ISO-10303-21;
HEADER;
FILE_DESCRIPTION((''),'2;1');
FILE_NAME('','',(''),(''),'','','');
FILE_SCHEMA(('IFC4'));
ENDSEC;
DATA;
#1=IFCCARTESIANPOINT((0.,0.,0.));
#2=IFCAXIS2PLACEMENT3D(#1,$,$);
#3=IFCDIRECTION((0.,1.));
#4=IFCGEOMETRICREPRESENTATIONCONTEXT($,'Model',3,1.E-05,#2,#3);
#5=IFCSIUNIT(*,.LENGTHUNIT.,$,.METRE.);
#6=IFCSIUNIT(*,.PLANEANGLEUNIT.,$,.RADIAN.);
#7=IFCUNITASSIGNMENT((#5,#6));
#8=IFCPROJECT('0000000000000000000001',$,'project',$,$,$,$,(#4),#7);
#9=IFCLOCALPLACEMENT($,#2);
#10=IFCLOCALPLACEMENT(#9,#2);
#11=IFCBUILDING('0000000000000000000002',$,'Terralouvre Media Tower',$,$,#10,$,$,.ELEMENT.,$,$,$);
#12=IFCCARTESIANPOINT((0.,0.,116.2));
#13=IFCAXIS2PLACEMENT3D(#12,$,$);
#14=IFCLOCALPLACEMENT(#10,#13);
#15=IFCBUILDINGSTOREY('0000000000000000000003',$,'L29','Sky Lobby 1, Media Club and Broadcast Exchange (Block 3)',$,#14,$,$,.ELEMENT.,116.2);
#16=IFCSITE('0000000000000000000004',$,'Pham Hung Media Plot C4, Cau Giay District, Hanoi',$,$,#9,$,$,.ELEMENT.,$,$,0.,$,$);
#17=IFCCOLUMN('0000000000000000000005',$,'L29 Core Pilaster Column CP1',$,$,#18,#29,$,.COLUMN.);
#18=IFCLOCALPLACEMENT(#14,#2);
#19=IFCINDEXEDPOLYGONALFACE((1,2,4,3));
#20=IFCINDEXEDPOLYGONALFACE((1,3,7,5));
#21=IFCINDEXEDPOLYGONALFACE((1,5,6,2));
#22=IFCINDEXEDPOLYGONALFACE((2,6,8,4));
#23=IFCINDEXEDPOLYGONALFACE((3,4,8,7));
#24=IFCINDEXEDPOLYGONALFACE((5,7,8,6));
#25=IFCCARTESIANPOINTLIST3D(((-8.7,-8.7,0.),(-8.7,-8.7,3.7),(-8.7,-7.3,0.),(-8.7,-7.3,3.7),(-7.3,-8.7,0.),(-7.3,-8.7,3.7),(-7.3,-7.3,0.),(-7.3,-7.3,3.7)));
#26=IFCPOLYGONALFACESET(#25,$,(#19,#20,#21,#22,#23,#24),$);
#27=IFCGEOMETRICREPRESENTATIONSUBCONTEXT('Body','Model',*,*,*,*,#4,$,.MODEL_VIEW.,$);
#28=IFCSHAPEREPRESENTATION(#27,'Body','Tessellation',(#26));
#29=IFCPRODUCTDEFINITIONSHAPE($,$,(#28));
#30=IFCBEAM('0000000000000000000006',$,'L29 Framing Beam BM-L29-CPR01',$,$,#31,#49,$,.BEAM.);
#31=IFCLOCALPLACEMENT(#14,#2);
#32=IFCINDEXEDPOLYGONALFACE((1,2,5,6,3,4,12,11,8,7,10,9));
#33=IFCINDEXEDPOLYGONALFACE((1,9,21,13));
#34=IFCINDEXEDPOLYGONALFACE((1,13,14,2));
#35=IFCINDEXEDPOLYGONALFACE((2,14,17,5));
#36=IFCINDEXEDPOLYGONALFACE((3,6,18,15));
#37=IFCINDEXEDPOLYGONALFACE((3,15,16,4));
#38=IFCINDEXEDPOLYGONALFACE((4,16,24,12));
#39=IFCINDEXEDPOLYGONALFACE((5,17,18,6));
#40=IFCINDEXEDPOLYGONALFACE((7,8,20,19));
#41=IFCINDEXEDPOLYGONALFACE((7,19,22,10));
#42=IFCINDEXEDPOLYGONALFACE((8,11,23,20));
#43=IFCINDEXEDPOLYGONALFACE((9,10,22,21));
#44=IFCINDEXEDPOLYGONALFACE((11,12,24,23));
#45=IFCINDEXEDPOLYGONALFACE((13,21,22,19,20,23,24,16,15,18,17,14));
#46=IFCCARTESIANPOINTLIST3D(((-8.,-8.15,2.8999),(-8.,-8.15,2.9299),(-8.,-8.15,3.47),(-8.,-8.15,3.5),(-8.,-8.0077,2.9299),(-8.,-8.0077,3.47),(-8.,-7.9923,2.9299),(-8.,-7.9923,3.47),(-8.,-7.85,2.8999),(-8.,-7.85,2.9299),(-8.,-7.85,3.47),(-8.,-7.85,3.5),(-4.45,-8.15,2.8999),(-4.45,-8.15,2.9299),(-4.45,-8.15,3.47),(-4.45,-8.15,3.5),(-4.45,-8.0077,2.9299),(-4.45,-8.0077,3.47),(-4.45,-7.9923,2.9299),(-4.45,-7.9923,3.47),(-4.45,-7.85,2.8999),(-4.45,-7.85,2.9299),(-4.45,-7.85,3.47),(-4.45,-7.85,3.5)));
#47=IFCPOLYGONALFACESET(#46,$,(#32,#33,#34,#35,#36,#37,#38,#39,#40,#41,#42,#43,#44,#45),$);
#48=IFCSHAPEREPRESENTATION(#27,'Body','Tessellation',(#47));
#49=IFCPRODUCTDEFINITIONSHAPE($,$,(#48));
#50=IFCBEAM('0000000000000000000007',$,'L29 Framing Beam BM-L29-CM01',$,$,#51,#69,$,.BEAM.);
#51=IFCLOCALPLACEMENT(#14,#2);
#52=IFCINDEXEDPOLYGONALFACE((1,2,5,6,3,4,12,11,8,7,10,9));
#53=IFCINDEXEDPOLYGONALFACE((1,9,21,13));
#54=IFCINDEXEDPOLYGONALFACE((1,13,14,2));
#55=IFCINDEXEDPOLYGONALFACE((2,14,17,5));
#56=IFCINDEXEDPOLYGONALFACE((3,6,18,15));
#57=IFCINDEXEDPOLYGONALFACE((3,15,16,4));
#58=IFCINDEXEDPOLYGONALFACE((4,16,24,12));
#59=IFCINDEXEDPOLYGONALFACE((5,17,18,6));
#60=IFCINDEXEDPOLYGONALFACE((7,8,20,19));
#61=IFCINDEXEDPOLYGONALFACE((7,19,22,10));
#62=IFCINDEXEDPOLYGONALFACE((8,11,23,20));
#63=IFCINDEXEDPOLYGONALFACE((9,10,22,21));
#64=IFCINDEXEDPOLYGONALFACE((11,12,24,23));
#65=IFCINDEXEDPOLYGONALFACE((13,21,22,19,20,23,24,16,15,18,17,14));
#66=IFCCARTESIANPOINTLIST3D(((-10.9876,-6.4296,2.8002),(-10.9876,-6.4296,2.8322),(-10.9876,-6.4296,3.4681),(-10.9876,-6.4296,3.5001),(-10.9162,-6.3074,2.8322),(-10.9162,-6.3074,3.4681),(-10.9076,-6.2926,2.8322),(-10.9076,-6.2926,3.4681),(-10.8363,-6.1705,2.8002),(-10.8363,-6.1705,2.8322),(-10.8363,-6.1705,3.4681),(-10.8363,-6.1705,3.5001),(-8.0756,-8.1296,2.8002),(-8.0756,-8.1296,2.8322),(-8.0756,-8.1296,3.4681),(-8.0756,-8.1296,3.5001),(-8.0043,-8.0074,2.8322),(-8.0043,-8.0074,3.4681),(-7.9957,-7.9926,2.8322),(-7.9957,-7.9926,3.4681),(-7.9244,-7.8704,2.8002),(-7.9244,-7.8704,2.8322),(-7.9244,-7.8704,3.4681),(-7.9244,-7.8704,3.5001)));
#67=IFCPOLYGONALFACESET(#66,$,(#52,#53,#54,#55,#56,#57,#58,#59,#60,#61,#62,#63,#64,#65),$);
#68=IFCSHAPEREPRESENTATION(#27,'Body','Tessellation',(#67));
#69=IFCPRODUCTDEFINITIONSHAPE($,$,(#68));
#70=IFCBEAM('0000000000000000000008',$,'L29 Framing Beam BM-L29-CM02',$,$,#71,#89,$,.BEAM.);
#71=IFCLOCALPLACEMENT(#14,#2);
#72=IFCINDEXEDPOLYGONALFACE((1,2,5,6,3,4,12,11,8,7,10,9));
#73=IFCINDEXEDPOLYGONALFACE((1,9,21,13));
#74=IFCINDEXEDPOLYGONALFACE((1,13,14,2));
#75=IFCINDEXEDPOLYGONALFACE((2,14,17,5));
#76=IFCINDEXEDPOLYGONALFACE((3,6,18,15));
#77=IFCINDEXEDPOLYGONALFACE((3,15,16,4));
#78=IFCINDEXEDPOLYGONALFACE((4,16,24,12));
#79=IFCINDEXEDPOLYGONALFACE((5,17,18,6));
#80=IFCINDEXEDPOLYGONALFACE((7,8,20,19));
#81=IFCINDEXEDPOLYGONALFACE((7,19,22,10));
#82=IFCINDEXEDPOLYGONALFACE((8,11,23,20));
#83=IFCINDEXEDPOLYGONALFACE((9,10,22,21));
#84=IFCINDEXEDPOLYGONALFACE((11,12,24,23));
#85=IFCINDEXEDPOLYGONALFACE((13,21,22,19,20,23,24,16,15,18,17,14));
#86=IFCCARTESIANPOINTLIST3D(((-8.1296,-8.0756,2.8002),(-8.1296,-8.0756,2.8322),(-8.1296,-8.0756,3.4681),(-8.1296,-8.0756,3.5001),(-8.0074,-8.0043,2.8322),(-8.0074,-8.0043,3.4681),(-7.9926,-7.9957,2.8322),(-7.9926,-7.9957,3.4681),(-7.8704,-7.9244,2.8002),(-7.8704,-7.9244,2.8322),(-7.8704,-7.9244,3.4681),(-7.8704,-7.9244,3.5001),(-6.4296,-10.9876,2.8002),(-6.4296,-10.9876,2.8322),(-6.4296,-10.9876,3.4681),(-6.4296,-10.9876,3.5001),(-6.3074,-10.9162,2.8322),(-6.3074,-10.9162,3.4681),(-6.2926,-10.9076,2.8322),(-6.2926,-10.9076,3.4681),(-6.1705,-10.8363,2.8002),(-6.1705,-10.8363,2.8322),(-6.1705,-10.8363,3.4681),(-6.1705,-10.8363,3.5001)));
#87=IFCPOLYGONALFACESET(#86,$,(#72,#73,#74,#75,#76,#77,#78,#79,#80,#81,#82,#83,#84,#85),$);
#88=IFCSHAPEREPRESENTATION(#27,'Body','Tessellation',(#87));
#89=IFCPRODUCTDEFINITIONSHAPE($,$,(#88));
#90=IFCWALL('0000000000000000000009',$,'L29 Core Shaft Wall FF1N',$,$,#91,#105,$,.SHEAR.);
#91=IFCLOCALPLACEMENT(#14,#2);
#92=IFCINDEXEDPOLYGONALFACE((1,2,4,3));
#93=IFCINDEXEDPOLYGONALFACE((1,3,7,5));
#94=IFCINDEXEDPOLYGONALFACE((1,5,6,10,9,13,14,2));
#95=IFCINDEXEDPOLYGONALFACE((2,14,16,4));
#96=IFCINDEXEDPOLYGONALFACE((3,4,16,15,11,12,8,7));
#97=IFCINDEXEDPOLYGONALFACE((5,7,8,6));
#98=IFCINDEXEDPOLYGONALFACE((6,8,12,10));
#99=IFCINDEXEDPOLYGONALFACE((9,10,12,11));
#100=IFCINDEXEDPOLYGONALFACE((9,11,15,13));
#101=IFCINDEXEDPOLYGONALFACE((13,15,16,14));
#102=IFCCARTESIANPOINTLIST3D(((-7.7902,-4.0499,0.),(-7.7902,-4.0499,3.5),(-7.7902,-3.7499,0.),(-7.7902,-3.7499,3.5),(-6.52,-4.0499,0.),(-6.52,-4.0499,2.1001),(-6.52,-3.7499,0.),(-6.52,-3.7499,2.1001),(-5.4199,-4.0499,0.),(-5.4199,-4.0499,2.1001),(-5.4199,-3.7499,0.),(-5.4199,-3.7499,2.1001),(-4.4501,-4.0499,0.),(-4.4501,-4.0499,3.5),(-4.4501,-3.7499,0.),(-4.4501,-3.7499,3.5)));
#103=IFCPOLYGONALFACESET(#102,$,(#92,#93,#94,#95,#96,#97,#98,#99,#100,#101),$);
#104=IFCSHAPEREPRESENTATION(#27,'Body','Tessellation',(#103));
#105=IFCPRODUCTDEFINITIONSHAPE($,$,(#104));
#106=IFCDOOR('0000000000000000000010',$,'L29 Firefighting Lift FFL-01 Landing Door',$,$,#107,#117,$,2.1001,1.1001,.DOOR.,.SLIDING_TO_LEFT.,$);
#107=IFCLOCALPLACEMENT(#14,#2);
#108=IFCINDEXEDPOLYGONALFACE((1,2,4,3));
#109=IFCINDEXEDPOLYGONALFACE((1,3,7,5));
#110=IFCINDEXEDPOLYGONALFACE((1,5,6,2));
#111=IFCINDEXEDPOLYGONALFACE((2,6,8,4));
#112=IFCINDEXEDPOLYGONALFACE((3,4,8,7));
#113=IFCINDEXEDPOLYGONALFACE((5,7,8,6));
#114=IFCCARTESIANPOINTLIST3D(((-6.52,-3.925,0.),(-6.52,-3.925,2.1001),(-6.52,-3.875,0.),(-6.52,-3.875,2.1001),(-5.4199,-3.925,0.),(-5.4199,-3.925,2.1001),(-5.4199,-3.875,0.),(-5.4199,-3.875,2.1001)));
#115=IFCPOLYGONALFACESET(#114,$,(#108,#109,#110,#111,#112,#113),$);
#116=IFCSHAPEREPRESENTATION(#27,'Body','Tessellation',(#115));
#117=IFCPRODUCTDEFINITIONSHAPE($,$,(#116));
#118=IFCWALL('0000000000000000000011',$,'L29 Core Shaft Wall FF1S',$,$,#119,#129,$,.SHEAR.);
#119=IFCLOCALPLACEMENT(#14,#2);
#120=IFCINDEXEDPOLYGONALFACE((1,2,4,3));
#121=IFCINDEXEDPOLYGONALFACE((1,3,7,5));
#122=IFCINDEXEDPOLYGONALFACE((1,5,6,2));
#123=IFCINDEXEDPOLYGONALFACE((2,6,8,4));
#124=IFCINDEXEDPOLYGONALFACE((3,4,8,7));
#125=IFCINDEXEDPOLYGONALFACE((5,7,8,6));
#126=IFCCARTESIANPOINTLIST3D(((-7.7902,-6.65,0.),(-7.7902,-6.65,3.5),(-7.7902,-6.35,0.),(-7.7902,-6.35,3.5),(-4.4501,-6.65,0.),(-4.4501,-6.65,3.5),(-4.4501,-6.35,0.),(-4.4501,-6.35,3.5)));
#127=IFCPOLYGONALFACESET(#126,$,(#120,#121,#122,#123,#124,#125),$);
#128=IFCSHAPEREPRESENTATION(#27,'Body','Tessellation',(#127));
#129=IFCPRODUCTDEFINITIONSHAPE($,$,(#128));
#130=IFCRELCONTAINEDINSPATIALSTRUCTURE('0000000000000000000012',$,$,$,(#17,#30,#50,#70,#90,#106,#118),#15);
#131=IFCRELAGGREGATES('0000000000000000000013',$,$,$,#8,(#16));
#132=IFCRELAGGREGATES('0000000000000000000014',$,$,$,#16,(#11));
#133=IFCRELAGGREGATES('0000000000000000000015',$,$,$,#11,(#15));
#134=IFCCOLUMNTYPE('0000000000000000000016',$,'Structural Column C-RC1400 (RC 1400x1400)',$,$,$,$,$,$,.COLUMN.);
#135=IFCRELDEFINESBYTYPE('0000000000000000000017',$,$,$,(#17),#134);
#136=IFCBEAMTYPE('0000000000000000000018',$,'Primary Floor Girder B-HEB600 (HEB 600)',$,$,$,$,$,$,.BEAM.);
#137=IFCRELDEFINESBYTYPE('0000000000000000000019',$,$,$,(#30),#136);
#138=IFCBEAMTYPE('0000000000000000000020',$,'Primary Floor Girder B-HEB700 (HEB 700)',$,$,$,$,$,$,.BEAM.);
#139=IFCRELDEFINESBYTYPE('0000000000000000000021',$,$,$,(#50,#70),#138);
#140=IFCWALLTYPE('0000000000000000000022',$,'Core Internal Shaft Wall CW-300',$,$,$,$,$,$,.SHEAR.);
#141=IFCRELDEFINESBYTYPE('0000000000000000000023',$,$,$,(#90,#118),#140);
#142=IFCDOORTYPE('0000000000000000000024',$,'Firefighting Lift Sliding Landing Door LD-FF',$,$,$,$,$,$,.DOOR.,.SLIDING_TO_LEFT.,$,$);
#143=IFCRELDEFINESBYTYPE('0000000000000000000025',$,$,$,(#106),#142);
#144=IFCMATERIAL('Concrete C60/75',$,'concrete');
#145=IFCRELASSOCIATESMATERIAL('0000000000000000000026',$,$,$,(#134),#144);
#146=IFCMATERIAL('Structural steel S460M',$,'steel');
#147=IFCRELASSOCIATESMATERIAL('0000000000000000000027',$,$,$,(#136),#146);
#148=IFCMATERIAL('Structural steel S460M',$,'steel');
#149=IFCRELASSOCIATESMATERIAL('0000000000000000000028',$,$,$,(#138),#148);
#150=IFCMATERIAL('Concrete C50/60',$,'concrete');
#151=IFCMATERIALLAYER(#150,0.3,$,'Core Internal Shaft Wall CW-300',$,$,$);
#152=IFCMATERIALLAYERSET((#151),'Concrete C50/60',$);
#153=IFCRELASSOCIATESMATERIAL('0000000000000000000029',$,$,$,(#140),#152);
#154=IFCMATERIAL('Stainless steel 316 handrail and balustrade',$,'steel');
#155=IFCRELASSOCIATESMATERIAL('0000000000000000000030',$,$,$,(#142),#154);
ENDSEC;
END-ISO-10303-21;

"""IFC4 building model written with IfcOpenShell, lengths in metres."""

from ifc_helpers import new_model, si_unit, direction, frame, frame_2d, origin, origin_2d, place, context, subcontext, project, spatial, rectangle, i_section, extrude, material, layer, layer_set, material_profile, profile_set, type_object, element, fill, save


model = new_model("IFC4")

# Units and contexts
model_context = context("Model", 3, precision=1e-05, world=origin(), true_north=direction((0.0, 1.0)))
body_context = subcontext(model_context, "Body", "Model", "MODEL_VIEW")
ifc_project = project(units=[si_unit("LENGTHUNIT", "METRE"), si_unit("PLANEANGLEUNIT", "RADIAN")], contexts=[model_context])

# Site, building, storey
site_placement = place(None, origin())
site = spatial("IfcSite", under=ifc_project, at=site_placement, Name="Pham Hung Media Plot C4, Cau Giay District, Hanoi", CompositionType="ELEMENT", RefElevation=0.0)
building_placement = place(site_placement, origin())
building = spatial("IfcBuilding", under=site, at=building_placement, Name="Terralouvre Media Tower", CompositionType="ELEMENT")
storey_placement = place(building_placement, frame((0.0, 0.0, 116.2)))
storey = spatial("IfcBuildingStorey", under=building, at=storey_placement, Name="L29", Description="Sky Lobby 1, Media Club and Broadcast Exchange (Block 3)", CompositionType="ELEMENT", Elevation=116.2)

# Column
ifc_material_1 = material(Name="Concrete C60/75", Category="concrete")
ifc_material_profile_1 = material_profile(ifc_material_1, rectangle(XDim=1.3999, YDim=1.3999, at=origin_2d()), Name="RC 1400x1400")
ifc_profile_set_1 = profile_set([ifc_material_profile_1], Name="Concrete C60/75")
column_type = type_object("IfcColumnType", Name="Structural Column C-RC1400 (RC 1400x1400)", PredefinedType="COLUMN", material=ifc_profile_set_1)
column_placement = place(storey_placement, frame((-8.0, -8.0, 0.0), z_axis=(0.0, 0.0, 1.0), x_axis=(1.0, 0.0, 0.0)))
element("IfcColumn", 1, at=column_placement, inside=storey, type_object=column_type, Name="L29 Core Pilaster Column CP1", PredefinedType="COLUMN", context=body_context, shape_type="SweptSolid", body=[
    extrude(rectangle(XDim=1.3999, YDim=1.3999, at=origin_2d()), origin(), (0.0, 0.0, 1.0), 3.7),
])

# Beams
ifc_material_2 = material(Name="Structural steel S460M", Category="steel")
ifc_material_profile_2 = material_profile(ifc_material_2, i_section(OverallWidth=0.3, OverallDepth=0.6001, WebThickness=0.0154, FlangeThickness=0.03, at=origin_2d()), Name="HEB 600")
ifc_profile_set_2 = profile_set([ifc_material_profile_2], Name="Structural steel S460M")
beam_type_1 = type_object("IfcBeamType", Name="Primary Floor Girder B-HEB600 (HEB 600)", PredefinedType="BEAM", material=ifc_profile_set_2)
beam_placement = place(storey_placement, frame((-8.0, -8.0, 3.2), z_axis=(1.0, 0.0, 0.0), x_axis=(0.0, 1.0, 0.0)))
element("IfcBeam", 2, at=beam_placement, inside=storey, type_object=beam_type_1, Name="L29 Framing Beam BM-L29-CPR01", PredefinedType="BEAM", context=body_context, shape_type="SweptSolid", body=[
    extrude(i_section(OverallWidth=0.3, OverallDepth=0.6001, WebThickness=0.0154, FlangeThickness=0.03, at=origin_2d()), origin(), (0.0, 0.0, 1.0), 3.55),
])
ifc_material_3 = material(Name="Structural steel S460M", Category="steel")
ifc_material_profile_3 = material_profile(ifc_material_3, i_section(OverallWidth=0.3, OverallDepth=0.7, WebThickness=0.0171, FlangeThickness=0.032, at=origin_2d()), Name="HEB 700")
ifc_profile_set_3 = profile_set([ifc_material_profile_3], Name="Structural steel S460M")
beam_type_2 = type_object("IfcBeamType", Name="Primary Floor Girder B-HEB700 (HEB 700)", PredefinedType="BEAM", material=ifc_profile_set_3)
for number, where, z_axis, x_axis, name in (
    (3, (-8.0, -8.0, 3.1501), (-0.863603, 0.504173, 0.0), (-0.504173, -0.863603, 0.0), "L29 Framing Beam BM-L29-CM01"),
    (4, (-8.0, -8.0, 3.1501), (0.504173, -0.863603, 0.0), (0.863603, 0.504173, 0.0), "L29 Framing Beam BM-L29-CM02"),
):
    element("IfcBeam", number, at=place(storey_placement, frame(where, z_axis=z_axis, x_axis=x_axis)), inside=storey, type_object=beam_type_2, Name=name, PredefinedType="BEAM", context=body_context, shape_type="SweptSolid", body=[
        extrude(i_section(OverallWidth=0.3, OverallDepth=0.7, WebThickness=0.0171, FlangeThickness=0.032, at=origin_2d()), origin(), (0.0, 0.0, 1.0), 3.3718),
    ])

# Wall, opening, door
ifc_material_4 = material(Name="Concrete C50/60", Category="concrete")
ifc_layer_1 = layer(ifc_material_4, 0.3, Name="Core Internal Shaft Wall CW-300")
ifc_layer_set_1 = layer_set([ifc_layer_1], Name="Concrete C50/60")
wall_type_1 = type_object("IfcWallType", Name="Core Internal Shaft Wall CW-300", PredefinedType="SHEAR", material=ifc_layer_set_1)
wall_1_placement = place(storey_placement, frame((-7.79, -3.8999, 0.0), z_axis=(0.0, 0.0, 1.0), x_axis=(1.0, 0.0, 0.0)))
wall_1 = element("IfcWall", 5, at=wall_1_placement, inside=storey, type_object=wall_type_1, Name="L29 Core Shaft Wall FF1N", PredefinedType="SHEAR", context=body_context, shape_type="SweptSolid", body=[
    extrude(rectangle(XDim=3.3401, YDim=0.3, at=frame_2d((1.6699, 0.0))), origin(), (0.0, 0.0, 1.0), 3.5),
])
opening_1_placement = place(wall_1_placement, frame((1.27, 0.0, 0.0)))
opening_1 = element("IfcOpeningElement", 6, at=opening_1_placement, cuts=wall_1, PredefinedType="OPENING", context=body_context, shape_type="SweptSolid", body=[
    extrude(rectangle(XDim=1.1001, YDim=2.1001, at=frame_2d((0.55, 1.05))), frame((0.0, 0.1599, 0.0), z_axis=(0.0, -1.0, 0.0), x_axis=(1.0, 0.0, 0.0)), (0.0, 0.0, 1.0), 0.3201),
])
ifc_material_5 = material(Name="Stainless steel 316 handrail and balustrade", Category="steel")
door_type_1 = type_object("IfcDoorType", Name="Firefighting Lift Sliding Landing Door LD-FF", OperationType="SLIDING_TO_LEFT", PredefinedType="DOOR", material=ifc_material_5)
door_1_placement = place(opening_1_placement, origin())
door_1 = element("IfcDoor", 7, at=door_1_placement, inside=storey, type_object=door_type_1, Name="L29 Firefighting Lift FFL-01 Landing Door", OperationType="SLIDING_TO_LEFT", OverallHeight=2.1001, OverallWidth=1.1001, PredefinedType="DOOR", context=body_context, shape_type="SweptSolid", body=[
    extrude(rectangle(XDim=1.1001, YDim=2.1001, at=frame_2d((0.55, 1.05))), frame((0.0, 0.0249, 0.0), z_axis=(0.0, -1.0, 0.0), x_axis=(1.0, 0.0, 0.0)), (0.0, 0.0, 1.0), 0.05),
])
fill(opening_1, door_1)

# Wall
wall_2_placement = place(storey_placement, frame((-7.79, -6.5, 0.0), z_axis=(0.0, 0.0, 1.0), x_axis=(1.0, 0.0, 0.0)))
element("IfcWall", 8, at=wall_2_placement, inside=storey, type_object=wall_type_1, Name="L29 Core Shaft Wall FF1S", PredefinedType="SHEAR", context=body_context, shape_type="SweptSolid", body=[
    extrude(rectangle(XDim=3.3401, YDim=0.3, at=frame_2d((1.6699, 0.0))), origin(), (0.0, 0.0, 1.0), 3.5),
])

save(model, "model.ifc")
